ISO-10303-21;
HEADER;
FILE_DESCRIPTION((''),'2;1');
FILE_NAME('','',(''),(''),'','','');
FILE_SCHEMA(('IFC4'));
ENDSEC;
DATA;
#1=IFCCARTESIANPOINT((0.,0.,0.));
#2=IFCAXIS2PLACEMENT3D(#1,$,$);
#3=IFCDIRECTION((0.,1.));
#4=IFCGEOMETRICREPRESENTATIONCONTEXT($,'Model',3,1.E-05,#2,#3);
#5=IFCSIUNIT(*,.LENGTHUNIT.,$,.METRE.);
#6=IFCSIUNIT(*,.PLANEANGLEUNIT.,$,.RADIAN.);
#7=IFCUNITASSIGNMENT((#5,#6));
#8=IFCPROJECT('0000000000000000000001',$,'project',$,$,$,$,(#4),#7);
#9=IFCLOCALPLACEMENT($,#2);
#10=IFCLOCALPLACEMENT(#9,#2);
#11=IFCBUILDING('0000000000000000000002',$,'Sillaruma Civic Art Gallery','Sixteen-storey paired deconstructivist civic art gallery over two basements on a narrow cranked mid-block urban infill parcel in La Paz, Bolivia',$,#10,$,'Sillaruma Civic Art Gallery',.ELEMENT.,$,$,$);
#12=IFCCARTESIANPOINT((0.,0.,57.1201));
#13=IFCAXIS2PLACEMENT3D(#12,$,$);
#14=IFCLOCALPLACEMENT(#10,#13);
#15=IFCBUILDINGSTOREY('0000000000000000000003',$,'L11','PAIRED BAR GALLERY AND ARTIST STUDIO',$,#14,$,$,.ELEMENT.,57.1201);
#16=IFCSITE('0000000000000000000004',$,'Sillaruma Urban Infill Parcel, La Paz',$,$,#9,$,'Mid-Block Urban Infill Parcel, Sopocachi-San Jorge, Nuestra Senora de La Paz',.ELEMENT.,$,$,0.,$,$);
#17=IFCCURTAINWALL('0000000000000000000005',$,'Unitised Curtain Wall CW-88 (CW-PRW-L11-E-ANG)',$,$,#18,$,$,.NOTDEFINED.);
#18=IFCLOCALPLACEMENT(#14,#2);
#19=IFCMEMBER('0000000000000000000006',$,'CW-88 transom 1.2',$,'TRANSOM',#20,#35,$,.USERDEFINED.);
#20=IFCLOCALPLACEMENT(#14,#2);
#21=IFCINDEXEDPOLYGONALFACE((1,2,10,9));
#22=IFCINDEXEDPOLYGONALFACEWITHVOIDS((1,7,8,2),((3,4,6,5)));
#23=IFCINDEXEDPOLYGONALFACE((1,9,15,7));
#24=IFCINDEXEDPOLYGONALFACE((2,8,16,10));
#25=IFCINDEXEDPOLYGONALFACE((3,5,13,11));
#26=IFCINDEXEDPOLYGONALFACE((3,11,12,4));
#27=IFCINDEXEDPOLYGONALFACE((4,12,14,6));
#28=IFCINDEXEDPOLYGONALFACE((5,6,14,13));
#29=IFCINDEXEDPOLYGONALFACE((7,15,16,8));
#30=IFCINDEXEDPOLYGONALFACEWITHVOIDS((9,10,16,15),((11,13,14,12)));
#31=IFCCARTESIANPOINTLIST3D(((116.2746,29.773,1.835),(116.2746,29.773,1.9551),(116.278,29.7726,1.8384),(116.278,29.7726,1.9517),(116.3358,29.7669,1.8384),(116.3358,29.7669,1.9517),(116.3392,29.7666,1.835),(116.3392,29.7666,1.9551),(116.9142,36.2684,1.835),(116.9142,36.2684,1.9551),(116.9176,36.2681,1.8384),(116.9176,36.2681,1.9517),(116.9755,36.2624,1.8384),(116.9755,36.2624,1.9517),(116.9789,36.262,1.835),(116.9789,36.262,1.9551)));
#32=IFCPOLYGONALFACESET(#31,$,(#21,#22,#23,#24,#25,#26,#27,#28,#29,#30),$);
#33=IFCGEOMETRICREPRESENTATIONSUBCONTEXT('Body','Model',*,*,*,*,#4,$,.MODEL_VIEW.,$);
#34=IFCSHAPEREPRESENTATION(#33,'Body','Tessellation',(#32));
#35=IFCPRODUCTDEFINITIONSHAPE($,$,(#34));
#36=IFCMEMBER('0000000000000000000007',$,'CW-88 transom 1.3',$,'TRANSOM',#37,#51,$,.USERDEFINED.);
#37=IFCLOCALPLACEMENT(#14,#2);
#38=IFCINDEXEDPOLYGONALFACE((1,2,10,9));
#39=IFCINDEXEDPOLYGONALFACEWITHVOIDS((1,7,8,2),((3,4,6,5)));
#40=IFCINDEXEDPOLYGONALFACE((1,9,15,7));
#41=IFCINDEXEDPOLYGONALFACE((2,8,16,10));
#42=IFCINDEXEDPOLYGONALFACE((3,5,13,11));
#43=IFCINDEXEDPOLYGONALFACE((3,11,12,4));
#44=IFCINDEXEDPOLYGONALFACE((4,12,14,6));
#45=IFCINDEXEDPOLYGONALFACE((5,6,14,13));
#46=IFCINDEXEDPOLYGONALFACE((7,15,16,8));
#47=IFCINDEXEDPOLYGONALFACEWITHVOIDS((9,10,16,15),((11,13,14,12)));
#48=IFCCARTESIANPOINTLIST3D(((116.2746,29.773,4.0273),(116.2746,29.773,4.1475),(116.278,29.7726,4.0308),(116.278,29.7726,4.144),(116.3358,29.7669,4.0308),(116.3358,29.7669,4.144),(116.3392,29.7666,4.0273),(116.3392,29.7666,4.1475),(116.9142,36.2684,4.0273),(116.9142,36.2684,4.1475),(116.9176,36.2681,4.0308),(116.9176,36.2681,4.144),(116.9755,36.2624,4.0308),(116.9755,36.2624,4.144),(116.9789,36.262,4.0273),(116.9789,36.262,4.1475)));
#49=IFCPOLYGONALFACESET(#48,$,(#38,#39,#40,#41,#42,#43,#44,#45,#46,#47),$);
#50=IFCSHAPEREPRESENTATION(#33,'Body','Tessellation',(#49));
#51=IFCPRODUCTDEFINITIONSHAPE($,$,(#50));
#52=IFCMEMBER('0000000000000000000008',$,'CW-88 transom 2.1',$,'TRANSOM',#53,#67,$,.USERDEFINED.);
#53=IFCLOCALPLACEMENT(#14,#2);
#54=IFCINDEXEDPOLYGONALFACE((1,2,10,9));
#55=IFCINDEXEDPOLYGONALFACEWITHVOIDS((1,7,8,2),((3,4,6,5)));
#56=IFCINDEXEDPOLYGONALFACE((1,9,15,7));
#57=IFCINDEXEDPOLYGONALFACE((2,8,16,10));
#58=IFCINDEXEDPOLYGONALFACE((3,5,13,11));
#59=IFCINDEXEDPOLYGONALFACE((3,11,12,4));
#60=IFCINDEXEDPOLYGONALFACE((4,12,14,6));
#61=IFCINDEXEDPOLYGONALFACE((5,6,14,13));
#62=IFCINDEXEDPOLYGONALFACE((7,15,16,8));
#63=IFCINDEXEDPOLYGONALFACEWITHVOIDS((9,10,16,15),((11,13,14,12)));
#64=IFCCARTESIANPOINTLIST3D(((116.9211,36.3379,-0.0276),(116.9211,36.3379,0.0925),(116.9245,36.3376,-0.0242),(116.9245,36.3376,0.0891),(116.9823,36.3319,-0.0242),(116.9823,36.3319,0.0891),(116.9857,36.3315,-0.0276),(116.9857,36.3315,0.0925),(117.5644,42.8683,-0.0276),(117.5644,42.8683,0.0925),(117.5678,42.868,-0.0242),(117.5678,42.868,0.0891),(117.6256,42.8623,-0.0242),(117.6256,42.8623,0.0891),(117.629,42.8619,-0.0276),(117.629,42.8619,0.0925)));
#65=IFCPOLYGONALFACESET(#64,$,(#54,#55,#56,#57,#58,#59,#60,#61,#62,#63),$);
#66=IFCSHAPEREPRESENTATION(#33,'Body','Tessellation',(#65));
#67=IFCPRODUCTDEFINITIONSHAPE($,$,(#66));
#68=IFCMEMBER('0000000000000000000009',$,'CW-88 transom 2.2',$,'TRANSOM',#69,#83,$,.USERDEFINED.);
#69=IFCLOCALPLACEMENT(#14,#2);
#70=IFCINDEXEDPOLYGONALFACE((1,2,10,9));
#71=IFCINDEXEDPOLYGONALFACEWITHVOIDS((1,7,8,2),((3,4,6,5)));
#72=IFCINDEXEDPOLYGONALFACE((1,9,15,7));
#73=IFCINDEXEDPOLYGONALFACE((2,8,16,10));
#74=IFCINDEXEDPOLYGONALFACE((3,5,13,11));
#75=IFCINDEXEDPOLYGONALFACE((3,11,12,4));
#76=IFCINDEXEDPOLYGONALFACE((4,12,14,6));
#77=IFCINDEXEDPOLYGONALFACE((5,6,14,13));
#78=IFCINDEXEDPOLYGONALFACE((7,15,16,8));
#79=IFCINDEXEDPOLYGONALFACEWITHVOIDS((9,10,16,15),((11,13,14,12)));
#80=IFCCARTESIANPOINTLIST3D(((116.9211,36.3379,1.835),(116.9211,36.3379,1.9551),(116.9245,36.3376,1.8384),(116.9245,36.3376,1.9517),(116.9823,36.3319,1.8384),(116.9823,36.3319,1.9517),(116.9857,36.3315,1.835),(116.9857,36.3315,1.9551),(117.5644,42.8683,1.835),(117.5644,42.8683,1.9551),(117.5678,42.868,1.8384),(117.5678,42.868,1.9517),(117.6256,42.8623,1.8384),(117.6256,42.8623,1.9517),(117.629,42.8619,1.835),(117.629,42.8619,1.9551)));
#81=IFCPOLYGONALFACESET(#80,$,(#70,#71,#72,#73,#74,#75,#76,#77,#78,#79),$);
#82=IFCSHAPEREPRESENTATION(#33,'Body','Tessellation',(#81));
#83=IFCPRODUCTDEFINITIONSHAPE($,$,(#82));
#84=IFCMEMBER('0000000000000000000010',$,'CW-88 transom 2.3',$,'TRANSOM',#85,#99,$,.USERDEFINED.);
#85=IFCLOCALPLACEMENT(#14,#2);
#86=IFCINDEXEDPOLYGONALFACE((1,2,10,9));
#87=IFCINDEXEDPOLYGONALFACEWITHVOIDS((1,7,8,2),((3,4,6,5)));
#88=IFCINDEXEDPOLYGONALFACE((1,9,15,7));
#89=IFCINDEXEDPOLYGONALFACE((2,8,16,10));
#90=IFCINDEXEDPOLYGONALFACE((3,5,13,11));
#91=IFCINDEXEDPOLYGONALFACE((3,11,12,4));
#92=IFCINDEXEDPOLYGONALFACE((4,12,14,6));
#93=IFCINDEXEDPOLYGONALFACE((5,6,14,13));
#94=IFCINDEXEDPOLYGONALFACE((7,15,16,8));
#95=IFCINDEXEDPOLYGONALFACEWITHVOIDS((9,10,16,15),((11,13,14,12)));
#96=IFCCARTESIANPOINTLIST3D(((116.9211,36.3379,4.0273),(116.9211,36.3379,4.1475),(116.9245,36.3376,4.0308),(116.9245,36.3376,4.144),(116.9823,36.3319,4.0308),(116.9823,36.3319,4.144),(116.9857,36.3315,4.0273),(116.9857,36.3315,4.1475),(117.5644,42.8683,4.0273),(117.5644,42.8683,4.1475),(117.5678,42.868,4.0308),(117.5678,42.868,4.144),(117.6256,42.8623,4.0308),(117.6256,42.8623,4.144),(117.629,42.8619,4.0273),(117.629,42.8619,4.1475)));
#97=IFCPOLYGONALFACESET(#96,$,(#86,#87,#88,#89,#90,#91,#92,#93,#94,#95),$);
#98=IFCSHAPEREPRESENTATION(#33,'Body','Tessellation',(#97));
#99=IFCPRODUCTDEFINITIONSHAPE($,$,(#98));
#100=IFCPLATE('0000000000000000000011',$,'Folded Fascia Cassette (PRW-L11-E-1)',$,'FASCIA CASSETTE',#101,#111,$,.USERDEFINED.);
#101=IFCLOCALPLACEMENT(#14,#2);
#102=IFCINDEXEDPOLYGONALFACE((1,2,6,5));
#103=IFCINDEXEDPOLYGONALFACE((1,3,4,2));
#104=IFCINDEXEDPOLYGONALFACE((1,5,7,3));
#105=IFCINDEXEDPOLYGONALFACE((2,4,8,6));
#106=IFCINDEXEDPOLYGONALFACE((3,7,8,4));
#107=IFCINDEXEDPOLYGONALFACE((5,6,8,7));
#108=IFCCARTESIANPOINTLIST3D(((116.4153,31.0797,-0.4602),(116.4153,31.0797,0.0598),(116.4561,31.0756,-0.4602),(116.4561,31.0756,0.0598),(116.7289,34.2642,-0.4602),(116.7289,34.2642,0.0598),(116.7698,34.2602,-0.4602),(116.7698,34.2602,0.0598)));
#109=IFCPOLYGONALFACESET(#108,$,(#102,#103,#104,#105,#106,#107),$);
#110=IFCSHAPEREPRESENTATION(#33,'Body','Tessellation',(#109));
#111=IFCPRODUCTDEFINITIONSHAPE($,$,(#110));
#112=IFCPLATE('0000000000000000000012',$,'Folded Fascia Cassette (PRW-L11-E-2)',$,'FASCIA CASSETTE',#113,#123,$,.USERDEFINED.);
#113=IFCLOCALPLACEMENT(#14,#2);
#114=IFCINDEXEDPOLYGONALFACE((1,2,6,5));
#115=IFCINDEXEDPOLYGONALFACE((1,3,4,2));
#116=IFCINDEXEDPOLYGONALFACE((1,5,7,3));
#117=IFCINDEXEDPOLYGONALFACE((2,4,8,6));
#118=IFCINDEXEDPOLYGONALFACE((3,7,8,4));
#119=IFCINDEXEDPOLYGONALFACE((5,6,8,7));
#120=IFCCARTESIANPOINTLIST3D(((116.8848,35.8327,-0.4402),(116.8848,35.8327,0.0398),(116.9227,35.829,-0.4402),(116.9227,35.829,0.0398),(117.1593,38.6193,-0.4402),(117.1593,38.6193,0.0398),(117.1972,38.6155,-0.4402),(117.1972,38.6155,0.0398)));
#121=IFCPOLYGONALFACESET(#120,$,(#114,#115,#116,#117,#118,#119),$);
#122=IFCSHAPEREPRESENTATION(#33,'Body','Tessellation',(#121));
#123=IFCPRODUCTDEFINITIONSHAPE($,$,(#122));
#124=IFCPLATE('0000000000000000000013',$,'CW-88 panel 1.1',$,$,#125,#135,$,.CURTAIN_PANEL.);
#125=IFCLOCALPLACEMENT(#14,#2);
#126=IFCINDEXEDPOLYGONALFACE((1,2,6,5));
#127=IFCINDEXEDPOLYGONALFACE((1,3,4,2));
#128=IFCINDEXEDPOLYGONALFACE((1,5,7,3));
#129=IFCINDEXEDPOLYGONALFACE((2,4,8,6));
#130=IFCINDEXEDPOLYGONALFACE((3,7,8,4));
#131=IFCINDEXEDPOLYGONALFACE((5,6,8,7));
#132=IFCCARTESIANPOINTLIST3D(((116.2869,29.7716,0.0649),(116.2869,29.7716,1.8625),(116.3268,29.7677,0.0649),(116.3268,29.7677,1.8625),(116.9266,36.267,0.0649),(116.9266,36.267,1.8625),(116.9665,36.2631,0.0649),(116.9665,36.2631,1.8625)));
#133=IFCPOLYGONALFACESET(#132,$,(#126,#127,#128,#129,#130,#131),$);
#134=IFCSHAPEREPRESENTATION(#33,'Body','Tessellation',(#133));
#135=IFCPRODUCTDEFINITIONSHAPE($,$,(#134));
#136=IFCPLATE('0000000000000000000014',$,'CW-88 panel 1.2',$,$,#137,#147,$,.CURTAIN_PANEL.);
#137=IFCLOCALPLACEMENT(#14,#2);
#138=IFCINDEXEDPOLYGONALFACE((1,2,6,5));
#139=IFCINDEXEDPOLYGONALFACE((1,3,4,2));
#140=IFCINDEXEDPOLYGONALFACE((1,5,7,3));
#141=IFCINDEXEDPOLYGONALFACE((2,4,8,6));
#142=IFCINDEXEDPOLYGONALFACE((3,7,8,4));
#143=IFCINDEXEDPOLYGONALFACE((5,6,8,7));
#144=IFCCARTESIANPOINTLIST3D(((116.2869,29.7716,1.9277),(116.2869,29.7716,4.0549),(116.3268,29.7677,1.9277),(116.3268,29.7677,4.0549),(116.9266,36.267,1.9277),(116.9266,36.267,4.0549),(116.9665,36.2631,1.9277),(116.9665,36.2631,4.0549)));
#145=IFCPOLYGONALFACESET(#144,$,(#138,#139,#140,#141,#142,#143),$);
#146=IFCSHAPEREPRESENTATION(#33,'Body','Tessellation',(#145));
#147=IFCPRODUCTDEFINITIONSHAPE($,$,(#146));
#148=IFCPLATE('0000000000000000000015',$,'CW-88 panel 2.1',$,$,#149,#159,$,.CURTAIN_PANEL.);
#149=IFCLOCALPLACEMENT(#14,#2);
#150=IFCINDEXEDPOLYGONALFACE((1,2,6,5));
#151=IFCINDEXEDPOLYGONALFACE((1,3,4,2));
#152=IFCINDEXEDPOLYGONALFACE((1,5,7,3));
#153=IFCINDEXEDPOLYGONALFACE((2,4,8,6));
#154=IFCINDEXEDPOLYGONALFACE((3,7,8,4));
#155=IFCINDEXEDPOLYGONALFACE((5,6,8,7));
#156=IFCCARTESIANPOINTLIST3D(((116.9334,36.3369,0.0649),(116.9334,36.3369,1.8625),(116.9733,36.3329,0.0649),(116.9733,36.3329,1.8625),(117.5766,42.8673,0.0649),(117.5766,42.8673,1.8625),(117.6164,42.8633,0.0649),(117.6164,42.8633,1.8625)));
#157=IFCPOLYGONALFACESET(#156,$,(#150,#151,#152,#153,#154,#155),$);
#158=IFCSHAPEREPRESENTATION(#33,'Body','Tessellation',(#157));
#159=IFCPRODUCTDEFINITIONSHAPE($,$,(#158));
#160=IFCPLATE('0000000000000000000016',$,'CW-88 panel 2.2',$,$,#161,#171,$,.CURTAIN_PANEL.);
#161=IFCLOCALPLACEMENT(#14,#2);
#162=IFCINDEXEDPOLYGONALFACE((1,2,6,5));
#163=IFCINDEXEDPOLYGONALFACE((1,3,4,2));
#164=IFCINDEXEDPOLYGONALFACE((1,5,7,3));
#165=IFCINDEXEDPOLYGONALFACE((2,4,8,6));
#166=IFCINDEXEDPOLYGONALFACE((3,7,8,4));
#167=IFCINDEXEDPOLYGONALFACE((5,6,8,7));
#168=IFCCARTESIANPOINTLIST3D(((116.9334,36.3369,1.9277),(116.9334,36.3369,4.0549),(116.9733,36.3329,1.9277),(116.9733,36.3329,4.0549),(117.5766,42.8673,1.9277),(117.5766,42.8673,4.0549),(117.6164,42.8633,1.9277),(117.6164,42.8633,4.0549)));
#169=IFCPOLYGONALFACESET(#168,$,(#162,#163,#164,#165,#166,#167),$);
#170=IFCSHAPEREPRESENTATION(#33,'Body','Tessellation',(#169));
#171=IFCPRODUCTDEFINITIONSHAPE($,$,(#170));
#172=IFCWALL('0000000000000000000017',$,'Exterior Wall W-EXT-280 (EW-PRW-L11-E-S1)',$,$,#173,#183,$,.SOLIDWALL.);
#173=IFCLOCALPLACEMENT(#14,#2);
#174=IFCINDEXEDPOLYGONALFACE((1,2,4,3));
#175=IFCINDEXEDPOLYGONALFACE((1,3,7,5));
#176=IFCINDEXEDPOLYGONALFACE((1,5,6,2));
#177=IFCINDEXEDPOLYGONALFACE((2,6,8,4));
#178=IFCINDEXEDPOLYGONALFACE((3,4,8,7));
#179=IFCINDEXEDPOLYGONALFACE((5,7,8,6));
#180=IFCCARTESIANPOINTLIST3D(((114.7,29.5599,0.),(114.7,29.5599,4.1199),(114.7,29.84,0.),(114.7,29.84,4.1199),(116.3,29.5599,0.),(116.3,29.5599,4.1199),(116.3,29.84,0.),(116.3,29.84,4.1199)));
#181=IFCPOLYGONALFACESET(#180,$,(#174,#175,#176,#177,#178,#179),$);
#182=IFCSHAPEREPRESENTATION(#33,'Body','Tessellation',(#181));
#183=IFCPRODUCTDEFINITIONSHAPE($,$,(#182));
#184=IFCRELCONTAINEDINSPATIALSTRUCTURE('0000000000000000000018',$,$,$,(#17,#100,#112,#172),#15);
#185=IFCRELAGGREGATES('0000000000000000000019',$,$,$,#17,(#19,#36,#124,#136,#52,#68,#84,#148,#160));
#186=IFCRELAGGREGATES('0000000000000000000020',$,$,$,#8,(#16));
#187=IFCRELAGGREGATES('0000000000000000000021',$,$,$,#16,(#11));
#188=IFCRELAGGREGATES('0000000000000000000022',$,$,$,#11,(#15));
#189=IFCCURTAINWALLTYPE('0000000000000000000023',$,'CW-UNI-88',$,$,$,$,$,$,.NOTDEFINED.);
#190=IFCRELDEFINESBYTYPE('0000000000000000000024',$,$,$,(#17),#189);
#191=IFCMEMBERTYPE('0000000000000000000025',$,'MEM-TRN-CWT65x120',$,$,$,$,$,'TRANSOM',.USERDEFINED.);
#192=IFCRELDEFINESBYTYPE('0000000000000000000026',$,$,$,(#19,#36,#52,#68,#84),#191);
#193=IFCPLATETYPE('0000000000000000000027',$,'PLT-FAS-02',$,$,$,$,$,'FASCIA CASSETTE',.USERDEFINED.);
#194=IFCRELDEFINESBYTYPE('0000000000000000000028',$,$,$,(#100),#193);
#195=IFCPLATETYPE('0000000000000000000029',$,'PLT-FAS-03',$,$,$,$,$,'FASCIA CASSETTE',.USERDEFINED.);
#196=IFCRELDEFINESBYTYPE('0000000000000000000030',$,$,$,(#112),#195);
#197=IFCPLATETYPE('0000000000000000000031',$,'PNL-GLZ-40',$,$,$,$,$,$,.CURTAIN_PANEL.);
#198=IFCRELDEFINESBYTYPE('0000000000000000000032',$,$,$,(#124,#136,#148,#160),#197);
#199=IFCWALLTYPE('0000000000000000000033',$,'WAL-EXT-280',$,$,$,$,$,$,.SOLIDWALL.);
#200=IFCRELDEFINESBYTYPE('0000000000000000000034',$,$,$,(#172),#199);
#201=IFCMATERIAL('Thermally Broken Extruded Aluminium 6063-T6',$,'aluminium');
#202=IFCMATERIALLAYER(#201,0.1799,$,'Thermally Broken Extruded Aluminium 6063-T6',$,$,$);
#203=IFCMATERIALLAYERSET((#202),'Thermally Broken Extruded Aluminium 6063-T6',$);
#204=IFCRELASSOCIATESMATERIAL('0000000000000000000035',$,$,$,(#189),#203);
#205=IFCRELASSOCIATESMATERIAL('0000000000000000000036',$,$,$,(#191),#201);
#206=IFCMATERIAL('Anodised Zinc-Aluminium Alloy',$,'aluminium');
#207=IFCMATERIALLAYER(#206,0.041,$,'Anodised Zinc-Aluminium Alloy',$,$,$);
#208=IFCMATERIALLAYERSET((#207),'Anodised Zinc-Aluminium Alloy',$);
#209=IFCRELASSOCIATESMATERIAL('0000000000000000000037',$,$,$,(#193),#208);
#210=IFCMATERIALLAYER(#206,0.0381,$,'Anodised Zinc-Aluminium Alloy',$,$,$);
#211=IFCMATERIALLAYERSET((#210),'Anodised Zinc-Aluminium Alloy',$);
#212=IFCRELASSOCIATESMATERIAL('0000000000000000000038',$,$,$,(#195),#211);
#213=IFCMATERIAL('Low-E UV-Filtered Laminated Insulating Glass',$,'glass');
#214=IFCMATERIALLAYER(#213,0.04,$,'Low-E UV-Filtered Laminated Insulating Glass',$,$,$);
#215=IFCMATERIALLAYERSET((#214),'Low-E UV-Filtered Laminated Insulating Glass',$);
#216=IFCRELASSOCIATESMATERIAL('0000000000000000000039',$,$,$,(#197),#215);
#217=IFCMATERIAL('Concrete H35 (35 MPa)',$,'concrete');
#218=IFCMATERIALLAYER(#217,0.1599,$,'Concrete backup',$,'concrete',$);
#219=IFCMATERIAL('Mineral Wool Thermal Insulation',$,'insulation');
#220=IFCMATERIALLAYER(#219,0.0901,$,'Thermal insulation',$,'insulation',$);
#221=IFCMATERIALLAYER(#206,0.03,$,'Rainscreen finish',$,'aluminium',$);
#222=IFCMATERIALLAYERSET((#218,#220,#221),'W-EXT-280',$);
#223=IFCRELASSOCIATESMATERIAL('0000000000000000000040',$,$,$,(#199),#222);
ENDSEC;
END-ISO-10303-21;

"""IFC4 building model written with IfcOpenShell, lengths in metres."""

from ifc_helpers import new_model, si_unit, direction, frame, frame_2d, origin, origin_2d, place, context, subcontext, project, spatial, rectangle, hollow_rectangle, extrude, material, layer, layer_set, material_profile, profile_set, type_object, element, aggregate, save


model = new_model("IFC4")

# Units and contexts
model_context = context("Model", 3, precision=1e-05, world=origin(), true_north=direction((0.0, 1.0)))
body_context = subcontext(model_context, "Body", "Model", "MODEL_VIEW")
ifc_project = project(units=[si_unit("LENGTHUNIT", "METRE"), si_unit("PLANEANGLEUNIT", "RADIAN")], contexts=[model_context])

# Site, building, storey
site_placement = place(None, origin())
site = spatial("IfcSite", under=ifc_project, at=site_placement, Name="Sillaruma Urban Infill Parcel, La Paz", LongName="Mid-Block Urban Infill Parcel, Sopocachi-San Jorge, Nuestra Senora de La Paz", CompositionType="ELEMENT", RefElevation=0.0)
building_placement = place(site_placement, origin())
building = spatial("IfcBuilding", under=site, at=building_placement, Name="Sillaruma Civic Art Gallery", Description="Sixteen-storey paired deconstructivist civic art gallery over two basements on a narrow cranked mid-block urban infill parcel in La Paz, Bolivia", LongName="Sillaruma Civic Art Gallery", CompositionType="ELEMENT")
storey_placement = place(building_placement, frame((0.0, 0.0, 57.1201)))
storey = spatial("IfcBuildingStorey", under=building, at=storey_placement, Name="L11", Description="PAIRED BAR GALLERY AND ARTIST STUDIO", CompositionType="ELEMENT", Elevation=57.1201)

# Shared definitions
ifc_material_1 = material(Name="Concrete H35 (35 MPa)", Category="concrete")

# Curtain wall, members
ifc_material_2 = material(Name="Thermally Broken Extruded Aluminium 6063-T6", Category="aluminium")
ifc_layer_1 = layer(ifc_material_2, 0.1799, Name="Thermally Broken Extruded Aluminium 6063-T6")
ifc_layer_set_1 = layer_set([ifc_layer_1], Name="Thermally Broken Extruded Aluminium 6063-T6")
curtain_wall_type = type_object("IfcCurtainWallType", Name="CW-UNI-88", PredefinedType="NOTDEFINED", material=ifc_layer_set_1)
curtain_wall_placement = place(storey_placement, origin())
curtain_wall = element("IfcCurtainWall", 1, at=curtain_wall_placement, inside=storey, type_object=curtain_wall_type, Name="Unitised Curtain Wall CW-88 (CW-PRW-L11-E-ANG)", PredefinedType="NOTDEFINED")
ifc_material_profile_1 = material_profile(ifc_material_2, hollow_rectangle(XDim=0.0649, YDim=0.1201, WallThickness=0.0034, at=origin_2d()), Name="CWT65x120")
ifc_profile_set_1 = profile_set([ifc_material_profile_1], Name="Thermally Broken Extruded Aluminium 6063-T6")
member_type_1 = type_object("IfcMemberType", Name="MEM-TRN-CWT65x120", ElementType="TRANSOM", PredefinedType="USERDEFINED", material=ifc_profile_set_1)
member_1_placement = place(storey_placement, frame((116.3069, 29.7698, 1.895), z_axis=(0.098004, 0.995186, 0.0), x_axis=(-0.995186, 0.098004, 0.0)))
member_1 = element("IfcMember", 2, at=member_1_placement, type_object=member_type_1, Name="CW-88 transom 1.2", ObjectType="TRANSOM", PredefinedType="USERDEFINED", context=body_context, shape_type="SweptSolid", body=[
    extrude(hollow_rectangle(XDim=0.0649, YDim=0.1201, WallThickness=0.0034, at=origin_2d()), origin(), (0.0, 0.0, 1.0), 6.5269),
])
member_2_placement = place(storey_placement, frame((116.3069, 29.7698, 4.0874), z_axis=(0.098004, 0.995186, 0.0), x_axis=(-0.995186, 0.098004, 0.0)))
member_2 = element("IfcMember", 3, at=member_2_placement, type_object=member_type_1, Name="CW-88 transom 1.3", ObjectType="TRANSOM", PredefinedType="USERDEFINED", context=body_context, shape_type="SweptSolid", body=[
    extrude(hollow_rectangle(XDim=0.0649, YDim=0.1201, WallThickness=0.0034, at=origin_2d()), origin(), (0.0, 0.0, 1.0), 6.5269),
])
member_3_placement = place(storey_placement, frame((116.9534, 36.3347, 0.0325), z_axis=(0.098034, 0.995183, 0.0), x_axis=(-0.995183, 0.098034, 0.0)))
member_3 = element("IfcMember", 4, at=member_3_placement, type_object=member_type_1, Name="CW-88 transom 2.1", ObjectType="TRANSOM", PredefinedType="USERDEFINED", context=body_context, shape_type="SweptSolid", body=[
    extrude(hollow_rectangle(XDim=0.0649, YDim=0.1201, WallThickness=0.0034, at=origin_2d()), origin(), (0.0, 0.0, 1.0), 6.562),
])
member_4_placement = place(storey_placement, frame((116.9534, 36.3347, 1.895), z_axis=(0.098034, 0.995183, 0.0), x_axis=(-0.995183, 0.098034, 0.0)))
member_4 = element("IfcMember", 5, at=member_4_placement, type_object=member_type_1, Name="CW-88 transom 2.2", ObjectType="TRANSOM", PredefinedType="USERDEFINED", context=body_context, shape_type="SweptSolid", body=[
    extrude(hollow_rectangle(XDim=0.0649, YDim=0.1201, WallThickness=0.0034, at=origin_2d()), origin(), (0.0, 0.0, 1.0), 6.562),
])
member_5_placement = place(storey_placement, frame((116.9534, 36.3347, 4.0874), z_axis=(0.098034, 0.995183, 0.0), x_axis=(-0.995183, 0.098034, 0.0)))
member_5 = element("IfcMember", 6, at=member_5_placement, type_object=member_type_1, Name="CW-88 transom 2.3", ObjectType="TRANSOM", PredefinedType="USERDEFINED", context=body_context, shape_type="SweptSolid", body=[
    extrude(hollow_rectangle(XDim=0.0649, YDim=0.1201, WallThickness=0.0034, at=origin_2d()), origin(), (0.0, 0.0, 1.0), 6.562),
])

# Plates
ifc_material_3 = material(Name="Anodised Zinc-Aluminium Alloy", Category="aluminium")
ifc_layer_2 = layer(ifc_material_3, 0.041, Name="Anodised Zinc-Aluminium Alloy")
ifc_layer_set_2 = layer_set([ifc_layer_2], Name="Anodised Zinc-Aluminium Alloy")
plate_type_1 = type_object("IfcPlateType", Name="PLT-FAS-02", ElementType="FASCIA CASSETTE", PredefinedType="USERDEFINED", material=ifc_layer_set_2)
plate_1_placement = place(storey_placement, frame((116.5925, 32.6699, -0.4602), z_axis=(0.0, 0.0, 1.0), x_axis=(0.098011, 0.995185, 0.0)))
element("IfcPlate", 7, at=plate_1_placement, inside=storey, type_object=plate_type_1, Name="Folded Fascia Cassette (PRW-L11-E-1)", ObjectType="FASCIA CASSETTE", PredefinedType="USERDEFINED", context=body_context, shape_type="SweptSolid", body=[
    extrude(rectangle(XDim=3.2, YDim=0.041, at=origin_2d()), origin(), (0.0, 0.0, 1.0), 0.52),
])
ifc_layer_3 = layer(ifc_material_3, 0.0381, Name="Anodised Zinc-Aluminium Alloy")
ifc_layer_set_3 = layer_set([ifc_layer_3], Name="Anodised Zinc-Aluminium Alloy")
plate_type_2 = type_object("IfcPlateType", Name="PLT-FAS-03", ElementType="FASCIA CASSETTE", PredefinedType="USERDEFINED", material=ifc_layer_set_3)
plate_2_placement = place(storey_placement, frame((117.041, 37.2241, -0.4402), z_axis=(0.0, 0.0, 1.0), x_axis=(0.098011, 0.995185, 0.0)))
element("IfcPlate", 8, at=plate_2_placement, inside=storey, type_object=plate_type_2, Name="Folded Fascia Cassette (PRW-L11-E-2)", ObjectType="FASCIA CASSETTE", PredefinedType="USERDEFINED", context=body_context, shape_type="SweptSolid", body=[
    extrude(rectangle(XDim=2.8, YDim=0.0381, at=origin_2d()), origin(), (0.0, 0.0, 1.0), 0.48),
])

# Plates
ifc_material_4 = material(Name="Low-E UV-Filtered Laminated Insulating Glass", Category="glass")
ifc_layer_4 = layer(ifc_material_4, 0.04, Name="Low-E UV-Filtered Laminated Insulating Glass")
ifc_layer_set_4 = layer_set([ifc_layer_4], Name="Low-E UV-Filtered Laminated Insulating Glass")
plate_type_3 = type_object("IfcPlateType", Name="PNL-GLZ-40", PredefinedType="CURTAIN_PANEL", material=ifc_layer_set_4)
plate_3_placement = place(storey_placement, frame((116.6267, 33.0173, 0.0649), z_axis=(0.0, 0.0, 1.0), x_axis=(0.098011, 0.995185, 0.0)))
plate_3 = element("IfcPlate", 9, at=plate_3_placement, type_object=plate_type_3, Name="CW-88 panel 1.1", PredefinedType="CURTAIN_PANEL", context=body_context, shape_type="SweptSolid", body=[
    extrude(rectangle(XDim=6.5269, YDim=0.04, at=origin_2d()), origin(), (0.0, 0.0, 1.0), 1.7976),
])
plate_4_placement = place(storey_placement, frame((116.6267, 33.0173, 1.9277), z_axis=(0.0, 0.0, 1.0), x_axis=(0.098011, 0.995185, 0.0)))
plate_4 = element("IfcPlate", 10, at=plate_4_placement, type_object=plate_type_3, Name="CW-88 panel 1.2", PredefinedType="CURTAIN_PANEL", context=body_context, shape_type="SweptSolid", body=[
    extrude(rectangle(XDim=6.5269, YDim=0.04, at=origin_2d()), origin(), (0.0, 0.0, 1.0), 2.1272),
])
plate_5_placement = place(storey_placement, frame((117.2749, 39.6001, 0.0649), z_axis=(0.0, 0.0, 1.0), x_axis=(0.098011, 0.995185, 0.0)))
plate_5 = element("IfcPlate", 11, at=plate_5_placement, type_object=plate_type_3, Name="CW-88 panel 2.1", PredefinedType="CURTAIN_PANEL", context=body_context, shape_type="SweptSolid", body=[
    extrude(rectangle(XDim=6.562, YDim=0.04, at=origin_2d()), origin(), (0.0, 0.0, 1.0), 1.7976),
])
plate_6_placement = place(storey_placement, frame((117.2749, 39.6001, 1.9277), z_axis=(0.0, 0.0, 1.0), x_axis=(0.098011, 0.995185, 0.0)))
plate_6 = element("IfcPlate", 12, at=plate_6_placement, type_object=plate_type_3, Name="CW-88 panel 2.2", PredefinedType="CURTAIN_PANEL", context=body_context, shape_type="SweptSolid", body=[
    extrude(rectangle(XDim=6.562, YDim=0.04, at=origin_2d()), origin(), (0.0, 0.0, 1.0), 2.1272),
])
aggregate(curtain_wall, [member_1, member_2, plate_3, plate_4, member_3, member_4, member_5, plate_5, plate_6])

# Wall
ifc_layer_5 = layer(ifc_material_1, 0.1599, Name="Concrete backup", Category="concrete")
ifc_material_5 = material(Name="Mineral Wool Thermal Insulation", Category="insulation")
ifc_layer_6 = layer(ifc_material_5, 0.0901, Name="Thermal insulation", Category="insulation")
ifc_layer_7 = layer(ifc_material_3, 0.03, Name="Rainscreen finish", Category="aluminium")
ifc_layer_set_5 = layer_set([ifc_layer_5, ifc_layer_6, ifc_layer_7], Name="W-EXT-280")
wall_type = type_object("IfcWallType", Name="WAL-EXT-280", PredefinedType="SOLIDWALL", material=ifc_layer_set_5)
wall_placement = place(storey_placement, frame((114.7, 29.7, 0.0), z_axis=(0.0, 0.0, 1.0), x_axis=(1.0, 0.0, 0.0)))
element("IfcWall", 13, at=wall_placement, inside=storey, type_object=wall_type, Name="Exterior Wall W-EXT-280 (EW-PRW-L11-E-S1)", PredefinedType="SOLIDWALL", context=body_context, shape_type="SweptSolid", body=[
    extrude(rectangle(XDim=1.6001, YDim=0.28, at=frame_2d((0.8, 0.0))), origin(), (0.0, 0.0, 1.0), 4.1199),
])

save(model, "model.ifc")
